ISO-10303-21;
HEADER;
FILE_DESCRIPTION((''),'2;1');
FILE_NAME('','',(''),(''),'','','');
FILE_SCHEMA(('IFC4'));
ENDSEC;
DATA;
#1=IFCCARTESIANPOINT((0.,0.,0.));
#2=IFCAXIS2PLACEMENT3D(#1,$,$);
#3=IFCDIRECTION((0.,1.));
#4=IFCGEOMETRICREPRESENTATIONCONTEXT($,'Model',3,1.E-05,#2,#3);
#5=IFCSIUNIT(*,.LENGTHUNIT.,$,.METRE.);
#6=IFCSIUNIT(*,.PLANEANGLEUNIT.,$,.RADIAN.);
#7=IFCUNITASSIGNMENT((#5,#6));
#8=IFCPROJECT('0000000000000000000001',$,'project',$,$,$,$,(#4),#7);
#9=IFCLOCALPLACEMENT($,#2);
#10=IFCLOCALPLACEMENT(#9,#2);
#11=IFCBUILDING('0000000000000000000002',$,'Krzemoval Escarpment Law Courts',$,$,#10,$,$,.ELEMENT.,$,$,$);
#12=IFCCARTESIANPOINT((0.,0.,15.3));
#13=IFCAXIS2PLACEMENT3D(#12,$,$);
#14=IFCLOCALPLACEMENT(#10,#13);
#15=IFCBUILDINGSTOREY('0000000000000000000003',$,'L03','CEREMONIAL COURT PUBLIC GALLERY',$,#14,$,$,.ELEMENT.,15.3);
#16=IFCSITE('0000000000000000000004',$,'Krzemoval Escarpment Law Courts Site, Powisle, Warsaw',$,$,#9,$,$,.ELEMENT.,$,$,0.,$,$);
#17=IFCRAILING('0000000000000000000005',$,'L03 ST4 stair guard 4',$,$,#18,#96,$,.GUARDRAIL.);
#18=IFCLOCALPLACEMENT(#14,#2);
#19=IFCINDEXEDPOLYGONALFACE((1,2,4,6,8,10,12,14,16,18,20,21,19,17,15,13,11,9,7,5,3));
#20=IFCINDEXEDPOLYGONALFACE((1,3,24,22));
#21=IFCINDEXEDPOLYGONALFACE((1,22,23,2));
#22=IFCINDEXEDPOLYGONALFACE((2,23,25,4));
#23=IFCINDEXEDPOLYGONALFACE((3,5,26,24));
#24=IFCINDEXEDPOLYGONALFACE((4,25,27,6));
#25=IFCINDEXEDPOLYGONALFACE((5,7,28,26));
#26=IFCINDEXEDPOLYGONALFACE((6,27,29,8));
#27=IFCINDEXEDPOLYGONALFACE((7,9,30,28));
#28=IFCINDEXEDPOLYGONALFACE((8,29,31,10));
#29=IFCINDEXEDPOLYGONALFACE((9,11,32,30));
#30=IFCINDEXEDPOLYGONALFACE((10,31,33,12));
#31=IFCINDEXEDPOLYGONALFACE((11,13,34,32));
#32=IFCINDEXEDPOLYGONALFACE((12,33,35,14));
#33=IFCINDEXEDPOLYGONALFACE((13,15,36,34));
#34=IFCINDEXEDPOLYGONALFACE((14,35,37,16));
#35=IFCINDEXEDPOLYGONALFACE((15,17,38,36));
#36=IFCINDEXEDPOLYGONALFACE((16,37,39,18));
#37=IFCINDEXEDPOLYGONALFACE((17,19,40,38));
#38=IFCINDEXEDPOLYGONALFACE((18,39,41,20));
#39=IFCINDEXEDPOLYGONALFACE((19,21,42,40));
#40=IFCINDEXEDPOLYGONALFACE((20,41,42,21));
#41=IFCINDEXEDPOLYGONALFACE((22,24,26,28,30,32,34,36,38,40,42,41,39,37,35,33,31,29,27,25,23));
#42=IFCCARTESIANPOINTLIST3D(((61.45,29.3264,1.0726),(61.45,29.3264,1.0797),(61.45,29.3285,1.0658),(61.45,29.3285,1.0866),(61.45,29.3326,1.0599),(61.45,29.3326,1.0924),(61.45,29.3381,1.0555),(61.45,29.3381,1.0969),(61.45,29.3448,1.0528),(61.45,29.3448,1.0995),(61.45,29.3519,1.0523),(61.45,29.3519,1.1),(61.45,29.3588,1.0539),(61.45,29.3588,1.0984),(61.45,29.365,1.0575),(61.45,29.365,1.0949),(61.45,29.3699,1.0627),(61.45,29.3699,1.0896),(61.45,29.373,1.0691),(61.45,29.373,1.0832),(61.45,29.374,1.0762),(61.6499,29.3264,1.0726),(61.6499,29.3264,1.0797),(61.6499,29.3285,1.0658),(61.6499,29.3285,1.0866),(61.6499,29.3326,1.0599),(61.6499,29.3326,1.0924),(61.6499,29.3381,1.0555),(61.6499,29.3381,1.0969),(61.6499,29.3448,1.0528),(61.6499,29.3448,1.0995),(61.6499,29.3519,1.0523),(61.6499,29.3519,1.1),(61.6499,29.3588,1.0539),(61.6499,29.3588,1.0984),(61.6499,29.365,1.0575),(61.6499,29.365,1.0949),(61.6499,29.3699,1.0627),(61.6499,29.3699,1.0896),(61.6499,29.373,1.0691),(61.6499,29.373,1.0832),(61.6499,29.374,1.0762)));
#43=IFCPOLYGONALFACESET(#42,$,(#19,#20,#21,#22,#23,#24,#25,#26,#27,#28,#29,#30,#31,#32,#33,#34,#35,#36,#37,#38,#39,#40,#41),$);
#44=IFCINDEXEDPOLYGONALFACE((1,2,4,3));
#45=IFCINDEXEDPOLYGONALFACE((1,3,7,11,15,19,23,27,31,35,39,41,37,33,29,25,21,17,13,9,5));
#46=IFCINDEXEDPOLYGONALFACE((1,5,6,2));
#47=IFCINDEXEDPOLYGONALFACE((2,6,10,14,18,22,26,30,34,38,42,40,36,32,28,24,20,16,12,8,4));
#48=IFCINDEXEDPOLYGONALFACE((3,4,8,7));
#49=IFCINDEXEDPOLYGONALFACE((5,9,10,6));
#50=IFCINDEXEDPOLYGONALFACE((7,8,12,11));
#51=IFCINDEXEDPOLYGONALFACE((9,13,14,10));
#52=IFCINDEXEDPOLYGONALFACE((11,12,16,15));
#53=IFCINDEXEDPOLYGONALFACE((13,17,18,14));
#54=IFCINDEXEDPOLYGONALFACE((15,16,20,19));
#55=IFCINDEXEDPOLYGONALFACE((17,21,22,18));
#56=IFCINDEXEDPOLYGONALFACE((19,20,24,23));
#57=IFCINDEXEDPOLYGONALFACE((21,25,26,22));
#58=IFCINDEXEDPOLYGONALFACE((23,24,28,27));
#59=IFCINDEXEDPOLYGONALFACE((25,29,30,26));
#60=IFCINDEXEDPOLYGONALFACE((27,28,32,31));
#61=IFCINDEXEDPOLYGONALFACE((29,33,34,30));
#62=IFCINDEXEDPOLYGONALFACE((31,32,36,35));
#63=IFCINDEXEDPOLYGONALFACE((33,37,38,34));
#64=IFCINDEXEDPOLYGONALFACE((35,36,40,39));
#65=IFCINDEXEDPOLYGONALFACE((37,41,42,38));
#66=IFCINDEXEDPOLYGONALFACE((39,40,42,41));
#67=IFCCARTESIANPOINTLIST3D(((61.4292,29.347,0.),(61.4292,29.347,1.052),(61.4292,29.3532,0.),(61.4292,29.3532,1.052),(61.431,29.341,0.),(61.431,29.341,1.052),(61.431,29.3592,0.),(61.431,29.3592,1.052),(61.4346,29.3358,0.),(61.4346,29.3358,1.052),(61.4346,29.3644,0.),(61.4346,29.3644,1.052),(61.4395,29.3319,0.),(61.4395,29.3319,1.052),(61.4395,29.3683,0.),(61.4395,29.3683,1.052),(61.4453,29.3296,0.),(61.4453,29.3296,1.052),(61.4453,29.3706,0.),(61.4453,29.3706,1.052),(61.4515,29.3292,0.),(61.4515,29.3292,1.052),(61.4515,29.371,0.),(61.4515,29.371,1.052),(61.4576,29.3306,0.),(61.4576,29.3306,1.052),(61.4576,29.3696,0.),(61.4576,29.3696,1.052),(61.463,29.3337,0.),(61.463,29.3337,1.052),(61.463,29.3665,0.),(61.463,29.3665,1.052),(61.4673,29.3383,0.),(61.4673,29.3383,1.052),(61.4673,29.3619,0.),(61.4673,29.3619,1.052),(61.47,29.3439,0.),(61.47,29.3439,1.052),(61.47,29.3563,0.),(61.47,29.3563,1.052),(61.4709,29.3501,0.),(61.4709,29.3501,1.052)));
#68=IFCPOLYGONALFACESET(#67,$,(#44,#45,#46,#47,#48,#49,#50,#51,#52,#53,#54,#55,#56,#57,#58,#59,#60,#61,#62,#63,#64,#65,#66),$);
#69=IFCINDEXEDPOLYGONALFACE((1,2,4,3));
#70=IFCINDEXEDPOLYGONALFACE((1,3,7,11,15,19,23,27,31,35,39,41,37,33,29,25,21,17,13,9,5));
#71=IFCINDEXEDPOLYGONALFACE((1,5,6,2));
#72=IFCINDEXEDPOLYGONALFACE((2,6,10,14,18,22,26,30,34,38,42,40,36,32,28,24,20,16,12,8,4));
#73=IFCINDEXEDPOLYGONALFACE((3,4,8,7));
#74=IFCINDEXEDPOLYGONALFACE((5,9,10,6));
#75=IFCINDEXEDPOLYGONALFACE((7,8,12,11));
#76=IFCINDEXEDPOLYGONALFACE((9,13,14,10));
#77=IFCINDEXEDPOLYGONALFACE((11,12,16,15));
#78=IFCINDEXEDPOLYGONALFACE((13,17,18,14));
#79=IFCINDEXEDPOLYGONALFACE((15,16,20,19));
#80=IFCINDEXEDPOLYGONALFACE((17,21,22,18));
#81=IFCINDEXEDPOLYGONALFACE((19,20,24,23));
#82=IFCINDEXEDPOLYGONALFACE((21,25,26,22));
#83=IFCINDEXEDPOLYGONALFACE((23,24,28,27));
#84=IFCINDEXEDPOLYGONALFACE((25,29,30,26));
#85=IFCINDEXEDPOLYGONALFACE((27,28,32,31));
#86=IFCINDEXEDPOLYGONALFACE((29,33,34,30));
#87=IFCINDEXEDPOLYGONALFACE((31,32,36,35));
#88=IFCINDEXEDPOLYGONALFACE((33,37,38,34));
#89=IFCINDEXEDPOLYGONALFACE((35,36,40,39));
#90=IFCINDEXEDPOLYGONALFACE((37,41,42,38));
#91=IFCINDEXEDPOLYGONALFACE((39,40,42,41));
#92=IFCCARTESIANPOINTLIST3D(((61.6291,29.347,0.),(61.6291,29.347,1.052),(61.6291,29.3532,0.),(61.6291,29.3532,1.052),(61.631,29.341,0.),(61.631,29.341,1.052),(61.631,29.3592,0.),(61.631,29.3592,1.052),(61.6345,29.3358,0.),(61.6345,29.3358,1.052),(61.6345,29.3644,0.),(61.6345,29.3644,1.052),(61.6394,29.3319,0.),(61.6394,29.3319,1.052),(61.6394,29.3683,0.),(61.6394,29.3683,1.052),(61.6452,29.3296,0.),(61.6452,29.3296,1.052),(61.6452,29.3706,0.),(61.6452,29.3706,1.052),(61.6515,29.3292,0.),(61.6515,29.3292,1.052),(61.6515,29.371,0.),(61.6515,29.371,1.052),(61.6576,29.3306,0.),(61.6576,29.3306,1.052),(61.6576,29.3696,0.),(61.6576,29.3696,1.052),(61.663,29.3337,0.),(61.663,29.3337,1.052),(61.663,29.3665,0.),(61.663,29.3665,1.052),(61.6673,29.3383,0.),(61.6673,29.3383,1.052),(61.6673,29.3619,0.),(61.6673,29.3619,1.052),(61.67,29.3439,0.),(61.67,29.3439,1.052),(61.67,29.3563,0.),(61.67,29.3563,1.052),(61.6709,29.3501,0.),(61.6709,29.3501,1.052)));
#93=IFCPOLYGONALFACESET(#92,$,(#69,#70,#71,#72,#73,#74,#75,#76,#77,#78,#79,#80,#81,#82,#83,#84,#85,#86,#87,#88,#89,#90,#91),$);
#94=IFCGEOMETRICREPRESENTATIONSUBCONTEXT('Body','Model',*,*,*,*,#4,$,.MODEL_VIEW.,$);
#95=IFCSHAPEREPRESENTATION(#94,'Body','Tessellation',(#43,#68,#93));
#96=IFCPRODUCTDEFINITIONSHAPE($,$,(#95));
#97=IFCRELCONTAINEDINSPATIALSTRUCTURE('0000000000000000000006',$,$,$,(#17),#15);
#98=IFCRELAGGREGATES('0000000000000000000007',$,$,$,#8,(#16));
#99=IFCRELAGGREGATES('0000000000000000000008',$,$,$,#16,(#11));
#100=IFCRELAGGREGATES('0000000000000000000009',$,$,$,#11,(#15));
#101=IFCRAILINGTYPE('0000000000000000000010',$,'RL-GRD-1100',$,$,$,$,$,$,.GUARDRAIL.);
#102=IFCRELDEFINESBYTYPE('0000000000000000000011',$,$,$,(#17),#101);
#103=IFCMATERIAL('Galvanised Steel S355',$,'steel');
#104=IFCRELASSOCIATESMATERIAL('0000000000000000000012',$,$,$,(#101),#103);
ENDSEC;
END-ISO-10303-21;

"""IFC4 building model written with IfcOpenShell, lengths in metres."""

from ifc_helpers import new_model, si_unit, direction, frame, origin, origin_2d, place, context, subcontext, project, spatial, circle, extrude, material, type_object, element, save


model = new_model("IFC4")

# Units and contexts
model_context = context("Model", 3, precision=1e-05, world=origin(), true_north=direction((0.0, 1.0)))
body_context = subcontext(model_context, "Body", "Model", "MODEL_VIEW")
ifc_project = project(units=[si_unit("LENGTHUNIT", "METRE"), si_unit("PLANEANGLEUNIT", "RADIAN")], contexts=[model_context])

# Site, building, storey
site_placement = place(None, origin())
site = spatial("IfcSite", under=ifc_project, at=site_placement, Name="Krzemoval Escarpment Law Courts Site, Powisle, Warsaw", CompositionType="ELEMENT", RefElevation=0.0)
building_placement = place(site_placement, origin())
building = spatial("IfcBuilding", under=site, at=building_placement, Name="Krzemoval Escarpment Law Courts", CompositionType="ELEMENT")
storey_placement = place(building_placement, frame((0.0, 0.0, 15.3)))
storey = spatial("IfcBuildingStorey", under=building, at=storey_placement, Name="L03", Description="CEREMONIAL COURT PUBLIC GALLERY", CompositionType="ELEMENT", Elevation=15.3)

# Railing
ifc_material_1 = material(Name="Galvanised Steel S355", Category="steel")
railing_type_1 = type_object("IfcRailingType", Name="RL-GRD-1100", PredefinedType="GUARDRAIL", material=ifc_material_1)
railing_1_placement = place(storey_placement, frame((61.45, 29.3501, 0.0)))
element("IfcRailing", 1, at=railing_1_placement, inside=storey, type_object=railing_type_1, Name="L03 ST4 stair guard 4", PredefinedType="GUARDRAIL", context=body_context, shape_type="SweptSolid", body=[
    extrude(circle(Radius=0.0239, at=origin_2d()), frame((0.0, 0.0, 1.0762), z_axis=(1.0, 0.0, 0.0), x_axis=(0.0, 1.0, 0.0)), (0.0, 0.0, 1.0), 0.2),
    extrude(circle(Radius=0.021, at=origin_2d()), origin(), (0.0, 0.0, 1.0), 1.052),
    extrude(circle(Radius=0.021, at=origin_2d()), frame((0.2, 0.0, 0.0)), (0.0, 0.0, 1.0), 1.052),
])

save(model, "model.ifc")
